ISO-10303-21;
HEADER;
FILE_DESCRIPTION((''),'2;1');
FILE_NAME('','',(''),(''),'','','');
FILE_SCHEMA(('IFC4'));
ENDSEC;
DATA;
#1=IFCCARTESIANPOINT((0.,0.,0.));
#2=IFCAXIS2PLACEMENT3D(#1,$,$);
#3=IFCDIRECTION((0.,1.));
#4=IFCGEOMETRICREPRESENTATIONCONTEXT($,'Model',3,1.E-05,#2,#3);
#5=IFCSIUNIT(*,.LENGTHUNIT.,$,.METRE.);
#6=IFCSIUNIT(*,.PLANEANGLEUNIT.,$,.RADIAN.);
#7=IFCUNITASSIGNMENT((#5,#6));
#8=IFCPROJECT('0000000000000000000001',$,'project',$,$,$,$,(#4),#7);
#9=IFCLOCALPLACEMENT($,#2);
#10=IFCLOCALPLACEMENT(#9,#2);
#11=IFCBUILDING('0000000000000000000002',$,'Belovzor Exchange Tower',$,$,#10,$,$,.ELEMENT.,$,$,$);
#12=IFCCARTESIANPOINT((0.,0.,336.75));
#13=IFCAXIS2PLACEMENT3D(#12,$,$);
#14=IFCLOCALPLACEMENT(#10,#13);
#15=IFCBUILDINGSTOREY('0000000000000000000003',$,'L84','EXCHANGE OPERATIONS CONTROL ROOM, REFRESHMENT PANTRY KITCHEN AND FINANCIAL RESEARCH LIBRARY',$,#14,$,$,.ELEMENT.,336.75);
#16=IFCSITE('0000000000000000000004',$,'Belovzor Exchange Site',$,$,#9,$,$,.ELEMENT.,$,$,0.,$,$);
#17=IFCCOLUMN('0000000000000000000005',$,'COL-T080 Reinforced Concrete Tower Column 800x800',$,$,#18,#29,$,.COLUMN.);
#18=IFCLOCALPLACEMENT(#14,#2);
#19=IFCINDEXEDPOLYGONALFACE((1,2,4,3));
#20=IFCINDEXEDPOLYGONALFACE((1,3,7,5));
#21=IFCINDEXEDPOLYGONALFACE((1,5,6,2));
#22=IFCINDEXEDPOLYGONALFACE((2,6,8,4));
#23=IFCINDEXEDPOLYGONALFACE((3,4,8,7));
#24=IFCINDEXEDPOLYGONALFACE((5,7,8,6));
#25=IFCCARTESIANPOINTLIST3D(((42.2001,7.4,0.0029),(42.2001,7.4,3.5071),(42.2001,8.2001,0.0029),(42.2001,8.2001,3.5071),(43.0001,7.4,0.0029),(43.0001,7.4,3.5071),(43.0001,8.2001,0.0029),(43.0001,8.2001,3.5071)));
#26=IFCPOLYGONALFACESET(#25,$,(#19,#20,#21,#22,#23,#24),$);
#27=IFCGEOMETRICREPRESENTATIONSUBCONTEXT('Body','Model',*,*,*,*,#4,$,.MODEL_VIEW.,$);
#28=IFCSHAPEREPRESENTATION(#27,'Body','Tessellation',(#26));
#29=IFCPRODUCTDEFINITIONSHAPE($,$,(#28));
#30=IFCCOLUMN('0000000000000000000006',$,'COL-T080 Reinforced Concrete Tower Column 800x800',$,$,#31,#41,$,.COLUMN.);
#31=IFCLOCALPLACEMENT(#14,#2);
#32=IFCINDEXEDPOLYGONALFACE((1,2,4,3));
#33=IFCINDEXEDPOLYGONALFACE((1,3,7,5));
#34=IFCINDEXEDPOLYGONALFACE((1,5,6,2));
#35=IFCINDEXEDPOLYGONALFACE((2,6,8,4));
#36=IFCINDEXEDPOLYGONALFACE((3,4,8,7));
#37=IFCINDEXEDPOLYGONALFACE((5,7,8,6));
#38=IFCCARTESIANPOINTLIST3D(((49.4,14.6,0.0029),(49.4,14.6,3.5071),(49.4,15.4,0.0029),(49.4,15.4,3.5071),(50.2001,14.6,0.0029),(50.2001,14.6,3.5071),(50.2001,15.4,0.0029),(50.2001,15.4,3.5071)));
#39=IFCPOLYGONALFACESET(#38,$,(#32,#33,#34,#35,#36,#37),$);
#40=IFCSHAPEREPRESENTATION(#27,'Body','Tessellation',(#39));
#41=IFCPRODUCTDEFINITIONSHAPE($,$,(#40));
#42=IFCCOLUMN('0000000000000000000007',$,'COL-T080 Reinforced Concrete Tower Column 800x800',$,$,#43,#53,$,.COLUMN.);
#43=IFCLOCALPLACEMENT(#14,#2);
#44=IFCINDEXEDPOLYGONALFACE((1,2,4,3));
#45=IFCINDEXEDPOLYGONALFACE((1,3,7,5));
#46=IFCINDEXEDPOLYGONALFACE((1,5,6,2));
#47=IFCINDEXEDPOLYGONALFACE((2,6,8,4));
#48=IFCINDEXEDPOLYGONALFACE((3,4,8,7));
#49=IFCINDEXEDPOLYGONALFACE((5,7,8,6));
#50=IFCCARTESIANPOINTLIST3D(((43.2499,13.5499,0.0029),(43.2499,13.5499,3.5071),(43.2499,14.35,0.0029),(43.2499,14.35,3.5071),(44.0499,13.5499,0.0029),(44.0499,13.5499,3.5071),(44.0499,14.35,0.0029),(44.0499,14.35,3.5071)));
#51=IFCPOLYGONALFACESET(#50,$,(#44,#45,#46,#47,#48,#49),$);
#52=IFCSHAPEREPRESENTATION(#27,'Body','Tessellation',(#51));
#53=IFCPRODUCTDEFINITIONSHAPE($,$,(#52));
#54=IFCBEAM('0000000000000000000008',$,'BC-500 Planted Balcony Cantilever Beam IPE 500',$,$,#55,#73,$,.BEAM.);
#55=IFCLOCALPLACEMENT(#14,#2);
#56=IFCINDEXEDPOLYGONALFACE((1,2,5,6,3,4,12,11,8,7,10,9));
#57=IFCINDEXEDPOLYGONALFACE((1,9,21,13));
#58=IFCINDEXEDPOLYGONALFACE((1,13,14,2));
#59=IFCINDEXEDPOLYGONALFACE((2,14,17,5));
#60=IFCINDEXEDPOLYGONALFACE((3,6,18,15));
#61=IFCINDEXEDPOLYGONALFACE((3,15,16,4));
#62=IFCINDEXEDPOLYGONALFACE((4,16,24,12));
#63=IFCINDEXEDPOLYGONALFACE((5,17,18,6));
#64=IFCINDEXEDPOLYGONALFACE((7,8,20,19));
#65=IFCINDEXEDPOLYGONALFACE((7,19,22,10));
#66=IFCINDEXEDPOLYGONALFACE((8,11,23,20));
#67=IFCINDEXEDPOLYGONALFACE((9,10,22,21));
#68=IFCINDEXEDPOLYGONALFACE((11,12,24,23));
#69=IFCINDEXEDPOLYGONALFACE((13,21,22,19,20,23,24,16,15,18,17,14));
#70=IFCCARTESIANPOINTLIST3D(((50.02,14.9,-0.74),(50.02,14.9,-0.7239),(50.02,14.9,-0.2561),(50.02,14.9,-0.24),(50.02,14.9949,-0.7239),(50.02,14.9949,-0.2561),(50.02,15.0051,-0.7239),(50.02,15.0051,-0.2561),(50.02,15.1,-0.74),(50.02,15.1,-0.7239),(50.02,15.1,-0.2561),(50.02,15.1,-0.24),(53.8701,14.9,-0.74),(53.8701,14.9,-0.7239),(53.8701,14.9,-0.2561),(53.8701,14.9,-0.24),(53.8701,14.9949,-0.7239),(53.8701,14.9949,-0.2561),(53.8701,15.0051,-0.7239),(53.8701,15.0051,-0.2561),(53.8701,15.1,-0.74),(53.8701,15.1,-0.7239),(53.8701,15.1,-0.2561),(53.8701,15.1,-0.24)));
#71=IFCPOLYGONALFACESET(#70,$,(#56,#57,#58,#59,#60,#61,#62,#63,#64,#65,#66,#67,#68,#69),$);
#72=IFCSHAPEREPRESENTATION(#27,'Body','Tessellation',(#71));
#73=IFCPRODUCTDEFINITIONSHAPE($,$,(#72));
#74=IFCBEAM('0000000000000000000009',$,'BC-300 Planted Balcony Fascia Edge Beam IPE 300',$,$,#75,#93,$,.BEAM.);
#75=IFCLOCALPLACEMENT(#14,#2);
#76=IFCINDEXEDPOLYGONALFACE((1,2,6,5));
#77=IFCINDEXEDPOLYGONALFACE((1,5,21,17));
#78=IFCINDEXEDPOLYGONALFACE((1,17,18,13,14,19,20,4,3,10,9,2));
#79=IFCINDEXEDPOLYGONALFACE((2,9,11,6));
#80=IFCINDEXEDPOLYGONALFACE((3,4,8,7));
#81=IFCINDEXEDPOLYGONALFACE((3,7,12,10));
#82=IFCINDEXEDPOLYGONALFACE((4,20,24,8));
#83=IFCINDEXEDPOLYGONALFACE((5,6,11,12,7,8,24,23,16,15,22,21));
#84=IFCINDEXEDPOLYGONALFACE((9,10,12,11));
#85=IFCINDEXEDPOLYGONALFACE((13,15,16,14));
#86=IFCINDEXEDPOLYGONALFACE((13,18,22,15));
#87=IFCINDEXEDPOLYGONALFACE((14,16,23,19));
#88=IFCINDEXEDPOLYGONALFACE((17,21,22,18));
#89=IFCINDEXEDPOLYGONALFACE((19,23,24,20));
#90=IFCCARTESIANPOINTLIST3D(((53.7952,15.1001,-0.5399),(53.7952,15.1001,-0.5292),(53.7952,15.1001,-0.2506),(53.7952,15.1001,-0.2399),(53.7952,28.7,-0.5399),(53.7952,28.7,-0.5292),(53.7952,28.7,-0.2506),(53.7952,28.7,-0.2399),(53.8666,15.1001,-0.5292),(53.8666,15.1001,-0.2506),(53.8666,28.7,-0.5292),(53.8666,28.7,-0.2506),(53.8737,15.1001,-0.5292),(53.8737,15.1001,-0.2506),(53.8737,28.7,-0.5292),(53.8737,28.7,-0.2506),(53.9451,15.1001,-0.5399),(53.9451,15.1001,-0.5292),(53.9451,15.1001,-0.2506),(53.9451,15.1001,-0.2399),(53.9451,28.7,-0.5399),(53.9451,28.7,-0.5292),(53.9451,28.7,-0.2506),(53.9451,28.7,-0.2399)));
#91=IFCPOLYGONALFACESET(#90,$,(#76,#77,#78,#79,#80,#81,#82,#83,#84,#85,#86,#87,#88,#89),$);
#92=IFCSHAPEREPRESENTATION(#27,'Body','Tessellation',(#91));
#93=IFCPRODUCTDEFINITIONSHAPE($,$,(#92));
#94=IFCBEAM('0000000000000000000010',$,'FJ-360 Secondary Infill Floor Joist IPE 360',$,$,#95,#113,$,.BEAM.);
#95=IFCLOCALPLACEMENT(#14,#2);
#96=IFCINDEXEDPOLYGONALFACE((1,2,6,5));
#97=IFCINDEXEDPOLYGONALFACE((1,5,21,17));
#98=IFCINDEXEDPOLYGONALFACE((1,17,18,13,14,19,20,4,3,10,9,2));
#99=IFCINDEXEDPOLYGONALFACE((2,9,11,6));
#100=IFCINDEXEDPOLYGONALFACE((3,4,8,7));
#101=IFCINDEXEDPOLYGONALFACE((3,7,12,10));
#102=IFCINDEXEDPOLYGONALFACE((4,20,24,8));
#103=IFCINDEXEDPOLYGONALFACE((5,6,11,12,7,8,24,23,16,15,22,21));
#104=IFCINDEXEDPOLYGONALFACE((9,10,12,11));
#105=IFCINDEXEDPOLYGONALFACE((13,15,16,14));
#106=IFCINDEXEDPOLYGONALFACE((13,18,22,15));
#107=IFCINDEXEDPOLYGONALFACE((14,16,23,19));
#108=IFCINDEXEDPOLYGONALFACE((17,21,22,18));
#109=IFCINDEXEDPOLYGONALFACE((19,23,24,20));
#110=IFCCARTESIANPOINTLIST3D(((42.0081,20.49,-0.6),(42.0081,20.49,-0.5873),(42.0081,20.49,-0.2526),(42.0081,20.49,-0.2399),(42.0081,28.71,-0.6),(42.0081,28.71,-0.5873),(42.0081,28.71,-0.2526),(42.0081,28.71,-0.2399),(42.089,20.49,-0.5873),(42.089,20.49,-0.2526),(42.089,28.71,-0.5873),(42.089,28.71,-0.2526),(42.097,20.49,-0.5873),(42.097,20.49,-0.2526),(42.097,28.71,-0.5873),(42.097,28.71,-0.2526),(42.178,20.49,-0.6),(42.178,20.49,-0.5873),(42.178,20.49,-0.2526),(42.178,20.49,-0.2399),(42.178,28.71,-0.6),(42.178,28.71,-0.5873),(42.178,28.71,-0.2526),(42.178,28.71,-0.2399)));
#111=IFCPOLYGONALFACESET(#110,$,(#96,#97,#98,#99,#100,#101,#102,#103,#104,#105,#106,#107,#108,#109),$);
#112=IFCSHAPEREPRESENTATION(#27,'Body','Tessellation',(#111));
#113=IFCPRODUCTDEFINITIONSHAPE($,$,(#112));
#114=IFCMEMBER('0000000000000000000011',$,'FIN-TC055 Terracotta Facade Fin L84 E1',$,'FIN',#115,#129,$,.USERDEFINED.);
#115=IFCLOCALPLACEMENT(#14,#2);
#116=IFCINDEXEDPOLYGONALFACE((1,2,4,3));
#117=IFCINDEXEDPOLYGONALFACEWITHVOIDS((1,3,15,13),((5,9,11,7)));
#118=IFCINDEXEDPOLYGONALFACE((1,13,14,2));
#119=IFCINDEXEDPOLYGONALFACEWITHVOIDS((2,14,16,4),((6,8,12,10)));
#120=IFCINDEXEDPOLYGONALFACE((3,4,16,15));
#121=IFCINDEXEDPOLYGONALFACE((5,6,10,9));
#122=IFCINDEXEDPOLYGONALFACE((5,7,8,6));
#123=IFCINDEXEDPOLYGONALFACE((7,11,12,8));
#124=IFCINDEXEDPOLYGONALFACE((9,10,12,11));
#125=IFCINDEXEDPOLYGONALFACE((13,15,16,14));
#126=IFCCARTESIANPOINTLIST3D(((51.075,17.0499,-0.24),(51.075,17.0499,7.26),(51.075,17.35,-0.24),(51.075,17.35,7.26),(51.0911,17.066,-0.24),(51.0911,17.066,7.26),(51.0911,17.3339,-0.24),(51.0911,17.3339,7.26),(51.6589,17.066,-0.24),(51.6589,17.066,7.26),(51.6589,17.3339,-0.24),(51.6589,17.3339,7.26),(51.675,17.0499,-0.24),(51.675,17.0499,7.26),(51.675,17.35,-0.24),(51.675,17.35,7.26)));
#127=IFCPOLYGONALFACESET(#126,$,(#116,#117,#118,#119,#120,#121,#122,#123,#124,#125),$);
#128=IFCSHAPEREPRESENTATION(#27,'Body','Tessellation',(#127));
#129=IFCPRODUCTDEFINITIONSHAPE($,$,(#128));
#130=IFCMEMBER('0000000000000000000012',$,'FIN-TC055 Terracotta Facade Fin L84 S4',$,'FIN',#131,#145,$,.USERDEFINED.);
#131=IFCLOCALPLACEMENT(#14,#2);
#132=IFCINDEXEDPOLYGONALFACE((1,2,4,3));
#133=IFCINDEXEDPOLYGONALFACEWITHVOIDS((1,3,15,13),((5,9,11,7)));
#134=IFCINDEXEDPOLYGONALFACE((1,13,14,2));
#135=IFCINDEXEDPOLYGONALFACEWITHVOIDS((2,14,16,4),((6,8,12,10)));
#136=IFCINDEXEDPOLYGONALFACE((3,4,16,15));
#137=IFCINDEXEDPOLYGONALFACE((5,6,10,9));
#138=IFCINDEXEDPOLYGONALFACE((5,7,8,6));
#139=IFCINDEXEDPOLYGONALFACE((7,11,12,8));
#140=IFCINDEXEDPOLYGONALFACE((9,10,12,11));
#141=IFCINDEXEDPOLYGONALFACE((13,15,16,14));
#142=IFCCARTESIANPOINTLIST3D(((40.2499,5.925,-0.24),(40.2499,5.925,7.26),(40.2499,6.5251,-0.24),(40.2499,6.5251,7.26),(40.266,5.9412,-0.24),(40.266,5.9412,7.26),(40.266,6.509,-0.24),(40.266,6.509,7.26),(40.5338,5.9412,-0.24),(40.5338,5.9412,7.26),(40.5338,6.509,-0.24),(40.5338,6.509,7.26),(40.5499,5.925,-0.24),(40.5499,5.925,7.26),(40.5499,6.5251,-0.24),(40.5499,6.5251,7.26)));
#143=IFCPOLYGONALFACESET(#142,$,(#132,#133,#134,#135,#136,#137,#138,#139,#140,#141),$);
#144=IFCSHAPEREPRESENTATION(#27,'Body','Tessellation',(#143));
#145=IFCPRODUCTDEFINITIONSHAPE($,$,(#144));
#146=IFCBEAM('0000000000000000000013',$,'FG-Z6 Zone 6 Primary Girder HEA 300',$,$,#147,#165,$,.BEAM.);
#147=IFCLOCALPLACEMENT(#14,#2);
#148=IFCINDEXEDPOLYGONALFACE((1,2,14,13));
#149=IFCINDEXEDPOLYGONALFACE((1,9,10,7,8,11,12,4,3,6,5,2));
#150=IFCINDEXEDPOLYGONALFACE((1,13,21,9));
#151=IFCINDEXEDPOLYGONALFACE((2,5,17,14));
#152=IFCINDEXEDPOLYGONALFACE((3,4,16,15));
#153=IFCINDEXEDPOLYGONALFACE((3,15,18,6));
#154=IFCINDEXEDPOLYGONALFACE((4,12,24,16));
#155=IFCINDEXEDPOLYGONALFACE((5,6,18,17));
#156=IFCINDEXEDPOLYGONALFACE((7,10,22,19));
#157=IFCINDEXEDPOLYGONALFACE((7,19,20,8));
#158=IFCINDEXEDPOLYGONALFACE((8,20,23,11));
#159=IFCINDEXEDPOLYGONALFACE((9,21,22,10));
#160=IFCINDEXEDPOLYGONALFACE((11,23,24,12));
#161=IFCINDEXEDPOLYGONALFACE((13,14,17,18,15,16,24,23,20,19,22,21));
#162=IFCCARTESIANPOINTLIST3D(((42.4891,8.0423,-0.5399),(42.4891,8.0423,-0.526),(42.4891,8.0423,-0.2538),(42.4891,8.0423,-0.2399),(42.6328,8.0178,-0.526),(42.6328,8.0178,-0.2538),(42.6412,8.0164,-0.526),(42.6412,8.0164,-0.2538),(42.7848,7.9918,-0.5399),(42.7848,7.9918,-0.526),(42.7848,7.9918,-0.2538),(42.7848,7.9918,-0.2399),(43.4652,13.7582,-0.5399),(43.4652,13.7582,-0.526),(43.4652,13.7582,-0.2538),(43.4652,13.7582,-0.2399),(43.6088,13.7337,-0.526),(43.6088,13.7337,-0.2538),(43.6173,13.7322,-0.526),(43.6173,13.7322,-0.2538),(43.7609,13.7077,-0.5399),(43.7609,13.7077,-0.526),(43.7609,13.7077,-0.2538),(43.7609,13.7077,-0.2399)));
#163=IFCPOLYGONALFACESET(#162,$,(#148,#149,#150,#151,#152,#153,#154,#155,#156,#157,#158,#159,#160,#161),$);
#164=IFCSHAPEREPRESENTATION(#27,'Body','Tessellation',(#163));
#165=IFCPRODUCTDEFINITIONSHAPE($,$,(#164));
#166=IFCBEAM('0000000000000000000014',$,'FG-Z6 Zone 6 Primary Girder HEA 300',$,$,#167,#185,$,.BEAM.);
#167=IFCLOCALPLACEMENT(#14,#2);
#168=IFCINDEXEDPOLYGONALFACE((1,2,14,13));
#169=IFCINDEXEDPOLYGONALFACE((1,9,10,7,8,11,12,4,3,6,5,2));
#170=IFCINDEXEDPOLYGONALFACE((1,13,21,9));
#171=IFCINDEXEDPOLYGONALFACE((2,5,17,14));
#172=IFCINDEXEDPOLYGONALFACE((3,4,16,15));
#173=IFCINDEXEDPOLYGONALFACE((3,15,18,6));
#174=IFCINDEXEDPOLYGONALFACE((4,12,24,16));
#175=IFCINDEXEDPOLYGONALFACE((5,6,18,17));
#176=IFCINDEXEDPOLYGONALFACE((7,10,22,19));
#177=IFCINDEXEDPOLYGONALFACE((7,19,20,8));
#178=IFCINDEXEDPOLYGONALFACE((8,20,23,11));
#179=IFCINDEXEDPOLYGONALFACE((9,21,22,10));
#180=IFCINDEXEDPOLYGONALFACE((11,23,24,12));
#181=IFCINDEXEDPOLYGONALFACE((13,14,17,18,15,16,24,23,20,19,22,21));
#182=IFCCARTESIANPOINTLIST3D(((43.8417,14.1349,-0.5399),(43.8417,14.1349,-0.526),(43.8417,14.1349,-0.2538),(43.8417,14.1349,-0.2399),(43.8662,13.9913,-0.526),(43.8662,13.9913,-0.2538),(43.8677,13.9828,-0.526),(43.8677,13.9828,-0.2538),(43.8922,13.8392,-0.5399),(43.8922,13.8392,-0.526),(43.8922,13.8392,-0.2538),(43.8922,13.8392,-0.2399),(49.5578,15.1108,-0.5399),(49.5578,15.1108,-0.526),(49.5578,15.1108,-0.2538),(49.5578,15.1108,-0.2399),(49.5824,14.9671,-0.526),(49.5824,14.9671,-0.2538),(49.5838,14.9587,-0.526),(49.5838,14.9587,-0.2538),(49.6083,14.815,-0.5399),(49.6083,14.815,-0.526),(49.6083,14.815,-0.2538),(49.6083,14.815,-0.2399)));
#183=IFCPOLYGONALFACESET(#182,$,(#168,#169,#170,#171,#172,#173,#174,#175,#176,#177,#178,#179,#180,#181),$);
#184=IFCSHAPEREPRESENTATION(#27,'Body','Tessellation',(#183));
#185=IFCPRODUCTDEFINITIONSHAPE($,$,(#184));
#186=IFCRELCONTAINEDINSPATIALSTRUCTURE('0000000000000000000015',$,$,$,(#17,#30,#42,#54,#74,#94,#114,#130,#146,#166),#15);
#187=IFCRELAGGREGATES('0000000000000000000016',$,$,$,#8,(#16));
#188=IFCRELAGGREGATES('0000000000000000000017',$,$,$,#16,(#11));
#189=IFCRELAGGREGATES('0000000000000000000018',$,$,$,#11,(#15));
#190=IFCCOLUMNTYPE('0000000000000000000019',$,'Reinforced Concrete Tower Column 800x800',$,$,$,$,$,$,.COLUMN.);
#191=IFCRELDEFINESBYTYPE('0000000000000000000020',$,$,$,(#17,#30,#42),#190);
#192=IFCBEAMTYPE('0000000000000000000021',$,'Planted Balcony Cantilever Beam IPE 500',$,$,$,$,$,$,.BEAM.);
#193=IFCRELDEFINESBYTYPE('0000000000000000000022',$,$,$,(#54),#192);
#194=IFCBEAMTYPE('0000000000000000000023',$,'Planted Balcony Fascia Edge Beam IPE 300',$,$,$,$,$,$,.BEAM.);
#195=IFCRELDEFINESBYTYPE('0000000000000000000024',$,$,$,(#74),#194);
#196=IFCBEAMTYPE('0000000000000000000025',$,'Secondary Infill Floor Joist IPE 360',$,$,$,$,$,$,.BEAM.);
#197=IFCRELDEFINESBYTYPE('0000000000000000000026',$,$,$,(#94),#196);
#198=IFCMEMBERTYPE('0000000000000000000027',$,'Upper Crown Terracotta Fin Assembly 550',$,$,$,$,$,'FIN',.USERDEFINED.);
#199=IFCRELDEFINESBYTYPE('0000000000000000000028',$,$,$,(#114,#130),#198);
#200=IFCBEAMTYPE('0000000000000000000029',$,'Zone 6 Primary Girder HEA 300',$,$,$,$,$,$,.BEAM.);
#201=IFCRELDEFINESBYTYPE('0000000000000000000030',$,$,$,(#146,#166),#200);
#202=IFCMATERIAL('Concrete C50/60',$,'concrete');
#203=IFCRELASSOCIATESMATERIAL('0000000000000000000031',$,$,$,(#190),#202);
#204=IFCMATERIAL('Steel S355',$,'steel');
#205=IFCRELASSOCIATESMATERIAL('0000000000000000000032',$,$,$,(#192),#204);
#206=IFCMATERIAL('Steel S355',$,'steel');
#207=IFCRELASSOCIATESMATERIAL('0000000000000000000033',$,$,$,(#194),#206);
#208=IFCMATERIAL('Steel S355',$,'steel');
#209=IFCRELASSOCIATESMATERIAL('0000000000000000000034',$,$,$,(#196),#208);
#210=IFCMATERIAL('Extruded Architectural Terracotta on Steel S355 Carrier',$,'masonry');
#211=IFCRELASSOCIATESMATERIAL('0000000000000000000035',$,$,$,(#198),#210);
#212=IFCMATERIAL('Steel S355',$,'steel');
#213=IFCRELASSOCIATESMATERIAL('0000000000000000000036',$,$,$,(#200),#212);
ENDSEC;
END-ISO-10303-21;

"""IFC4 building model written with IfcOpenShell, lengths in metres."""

from ifc_helpers import new_model, si_unit, direction, frame, origin, origin_2d, place, context, subcontext, project, spatial, rectangle, hollow_rectangle, i_section, extrude, material, material_profile, profile_set, type_object, element, save


model = new_model("IFC4")

# Units and contexts
model_context = context("Model", 3, precision=1e-05, world=origin(), true_north=direction((0.0, 1.0)))
body_context = subcontext(model_context, "Body", "Model", "MODEL_VIEW")
ifc_project = project(units=[si_unit("LENGTHUNIT", "METRE"), si_unit("PLANEANGLEUNIT", "RADIAN")], contexts=[model_context])

# Site, building, storey
site_placement = place(None, origin())
site = spatial("IfcSite", under=ifc_project, at=site_placement, Name="Belovzor Exchange Site", CompositionType="ELEMENT", RefElevation=0.0)
building_placement = place(site_placement, origin())
building = spatial("IfcBuilding", under=site, at=building_placement, Name="Belovzor Exchange Tower", CompositionType="ELEMENT")
storey_placement = place(building_placement, frame((0.0, 0.0, 336.75)))
storey = spatial("IfcBuildingStorey", under=building, at=storey_placement, Name="L84", Description="EXCHANGE OPERATIONS CONTROL ROOM, REFRESHMENT PANTRY KITCHEN AND FINANCIAL RESEARCH LIBRARY", CompositionType="ELEMENT", Elevation=336.75)

# Columns
ifc_material_1 = material(Name="Concrete C50/60", Category="concrete")
ifc_material_profile_1 = material_profile(ifc_material_1, rectangle(XDim=0.8, YDim=0.8, at=origin_2d()))
ifc_profile_set_1 = profile_set([ifc_material_profile_1], Name="Concrete C50/60")
column_type = type_object("IfcColumnType", Name="Reinforced Concrete Tower Column 800x800", PredefinedType="COLUMN", material=ifc_profile_set_1)
for number, where, z_axis, x_axis, name in (
    (1, (42.6001, 7.8, 0.0029), (0.0, 0.0, 1.0), (1.0, 0.0, 0.0), "COL-T080 Reinforced Concrete Tower Column 800x800"),
    (2, (49.8, 15.0, 0.0029), (0.0, 0.0, 1.0), (1.0, 0.0, 0.0), "COL-T080 Reinforced Concrete Tower Column 800x800"),
    (3, (43.6499, 13.95, 0.0029), (0.0, 0.0, 1.0), (1.0, 0.0, 0.0), "COL-T080 Reinforced Concrete Tower Column 800x800"),
):
    element("IfcColumn", number, at=place(storey_placement, frame(where, z_axis=z_axis, x_axis=x_axis)), inside=storey, type_object=column_type, Name=name, PredefinedType="COLUMN", context=body_context, shape_type="SweptSolid", body=[
        extrude(rectangle(XDim=0.8, YDim=0.8, at=origin_2d()), origin(), (0.0, 0.0, 1.0), 3.5042),
    ])

# Beams
ifc_material_2 = material(Name="Steel S355", Category="steel")
ifc_material_profile_2 = material_profile(ifc_material_2, i_section(OverallWidth=0.2, OverallDepth=0.5, WebThickness=0.0103, FlangeThickness=0.0161, at=origin_2d()))
ifc_profile_set_2 = profile_set([ifc_material_profile_2], Name="Steel S355")
beam_type_1 = type_object("IfcBeamType", Name="Planted Balcony Cantilever Beam IPE 500", PredefinedType="BEAM", material=ifc_profile_set_2)
beam_1_placement = place(storey_placement, frame((50.02, 15.0, -0.49), z_axis=(1.0, 0.0, 0.0), x_axis=(0.0, 1.0, 0.0)))
element("IfcBeam", 4, at=beam_1_placement, inside=storey, type_object=beam_type_1, Name="BC-500 Planted Balcony Cantilever Beam IPE 500", PredefinedType="BEAM", context=body_context, shape_type="SweptSolid", body=[
    extrude(i_section(OverallWidth=0.2, OverallDepth=0.5, WebThickness=0.0103, FlangeThickness=0.0161, at=origin_2d()), origin(), (0.0, 0.0, 1.0), 3.8501),
])
ifc_material_3 = material(Name="Steel S355", Category="steel")
ifc_material_profile_3 = material_profile(ifc_material_3, i_section(OverallWidth=0.1499, OverallDepth=0.3, WebThickness=0.0071, FlangeThickness=0.0107, at=origin_2d()))
ifc_profile_set_3 = profile_set([ifc_material_profile_3], Name="Steel S355")
beam_type_2 = type_object("IfcBeamType", Name="Planted Balcony Fascia Edge Beam IPE 300", PredefinedType="BEAM", material=ifc_profile_set_3)
beam_2_placement = place(storey_placement, frame((53.8701, 15.1001, -0.3899), z_axis=(0.0, 1.0, 0.0), x_axis=(-1.0, 0.0, 0.0)))
element("IfcBeam", 5, at=beam_2_placement, inside=storey, type_object=beam_type_2, Name="BC-300 Planted Balcony Fascia Edge Beam IPE 300", PredefinedType="BEAM", context=body_context, shape_type="SweptSolid", body=[
    extrude(i_section(OverallWidth=0.1499, OverallDepth=0.3, WebThickness=0.0071, FlangeThickness=0.0107, at=origin_2d()), origin(), (0.0, 0.0, 1.0), 13.5999),
])
ifc_material_4 = material(Name="Steel S355", Category="steel")
ifc_material_profile_4 = material_profile(ifc_material_4, i_section(OverallWidth=0.1699, OverallDepth=0.3601, WebThickness=0.0081, FlangeThickness=0.0127, at=origin_2d()))
ifc_profile_set_4 = profile_set([ifc_material_profile_4], Name="Steel S355")
beam_type_3 = type_object("IfcBeamType", Name="Secondary Infill Floor Joist IPE 360", PredefinedType="BEAM", material=ifc_profile_set_4)
beam_3_placement = place(storey_placement, frame((42.093, 20.49, -0.4199), z_axis=(0.0, 1.0, 0.0), x_axis=(-1.0, 0.0, 0.0)))
element("IfcBeam", 6, at=beam_3_placement, inside=storey, type_object=beam_type_3, Name="FJ-360 Secondary Infill Floor Joist IPE 360", PredefinedType="BEAM", context=body_context, shape_type="SweptSolid", body=[
    extrude(i_section(OverallWidth=0.1699, OverallDepth=0.3601, WebThickness=0.0081, FlangeThickness=0.0127, at=origin_2d()), origin(), (0.0, 0.0, 1.0), 8.22),
])

# Members
ifc_material_5 = material(Name="Extruded Architectural Terracotta on Steel S355 Carrier", Category="masonry")
ifc_material_profile_5 = material_profile(ifc_material_5, hollow_rectangle(XDim=0.3, YDim=0.6001, WallThickness=0.0161, at=origin_2d()))
ifc_profile_set_5 = profile_set([ifc_material_profile_5], Name="Extruded Architectural Terracotta on Steel S355 Carrier")
member_type = type_object("IfcMemberType", Name="Upper Crown Terracotta Fin Assembly 550", ElementType="FIN", PredefinedType="USERDEFINED", material=ifc_profile_set_5)
for number, where, z_axis, x_axis, name in (
    (7, (51.375, 17.2, -0.24), (0.0, 0.0, 1.0), (0.0, 1.0, 0.0), "FIN-TC055 Terracotta Facade Fin L84 E1"),
    (8, (40.3999, 6.2251, -0.24), (0.0, 0.0, 1.0), (1.0, 0.0, 0.0), "FIN-TC055 Terracotta Facade Fin L84 S4"),
):
    element("IfcMember", number, at=place(storey_placement, frame(where, z_axis=z_axis, x_axis=x_axis)), inside=storey, type_object=member_type, Name=name, ObjectType="FIN", PredefinedType="USERDEFINED", context=body_context, shape_type="SweptSolid", body=[
        extrude(hollow_rectangle(XDim=0.3, YDim=0.6001, WallThickness=0.0161, at=origin_2d()), origin(), (0.0, 0.0, 1.0), 7.5),
    ])

# Beams
ifc_material_6 = material(Name="Steel S355", Category="steel")
ifc_material_profile_6 = material_profile(ifc_material_6, i_section(OverallWidth=0.3, OverallDepth=0.3, WebThickness=0.0085, FlangeThickness=0.0139, at=origin_2d()))
ifc_profile_set_6 = profile_set([ifc_material_profile_6], Name="Steel S355")
beam_type_4 = type_object("IfcBeamType", Name="Zone 6 Primary Girder HEA 300", PredefinedType="BEAM", material=ifc_profile_set_6)
beam_4_placement = place(storey_placement, frame((42.637, 8.0171, -0.3899), z_axis=(0.16833, 0.985731, 0.0), x_axis=(-0.985731, 0.16833, 0.0)))
element("IfcBeam", 9, at=beam_4_placement, inside=storey, type_object=beam_type_4, Name="FG-Z6 Zone 6 Primary Girder HEA 300", PredefinedType="BEAM", context=body_context, shape_type="SweptSolid", body=[
    extrude(i_section(OverallWidth=0.3, OverallDepth=0.3, WebThickness=0.0085, FlangeThickness=0.0139, at=origin_2d()), origin(), (0.0, 0.0, 1.0), 5.7986),
])
beam_5_placement = place(storey_placement, frame((43.8669, 13.9871, -0.3899), z_axis=(0.985739, 0.168282, 0.0), x_axis=(-0.168282, 0.985739, 0.0)))
element("IfcBeam", 10, at=beam_5_placement, inside=storey, type_object=beam_type_4, Name="FG-Z6 Zone 6 Primary Girder HEA 300", PredefinedType="BEAM", context=body_context, shape_type="SweptSolid", body=[
    extrude(i_section(OverallWidth=0.3, OverallDepth=0.3, WebThickness=0.0085, FlangeThickness=0.0139, at=origin_2d()), origin(), (0.0, 0.0, 1.0), 5.7988),
])

save(model, "model.ifc")
